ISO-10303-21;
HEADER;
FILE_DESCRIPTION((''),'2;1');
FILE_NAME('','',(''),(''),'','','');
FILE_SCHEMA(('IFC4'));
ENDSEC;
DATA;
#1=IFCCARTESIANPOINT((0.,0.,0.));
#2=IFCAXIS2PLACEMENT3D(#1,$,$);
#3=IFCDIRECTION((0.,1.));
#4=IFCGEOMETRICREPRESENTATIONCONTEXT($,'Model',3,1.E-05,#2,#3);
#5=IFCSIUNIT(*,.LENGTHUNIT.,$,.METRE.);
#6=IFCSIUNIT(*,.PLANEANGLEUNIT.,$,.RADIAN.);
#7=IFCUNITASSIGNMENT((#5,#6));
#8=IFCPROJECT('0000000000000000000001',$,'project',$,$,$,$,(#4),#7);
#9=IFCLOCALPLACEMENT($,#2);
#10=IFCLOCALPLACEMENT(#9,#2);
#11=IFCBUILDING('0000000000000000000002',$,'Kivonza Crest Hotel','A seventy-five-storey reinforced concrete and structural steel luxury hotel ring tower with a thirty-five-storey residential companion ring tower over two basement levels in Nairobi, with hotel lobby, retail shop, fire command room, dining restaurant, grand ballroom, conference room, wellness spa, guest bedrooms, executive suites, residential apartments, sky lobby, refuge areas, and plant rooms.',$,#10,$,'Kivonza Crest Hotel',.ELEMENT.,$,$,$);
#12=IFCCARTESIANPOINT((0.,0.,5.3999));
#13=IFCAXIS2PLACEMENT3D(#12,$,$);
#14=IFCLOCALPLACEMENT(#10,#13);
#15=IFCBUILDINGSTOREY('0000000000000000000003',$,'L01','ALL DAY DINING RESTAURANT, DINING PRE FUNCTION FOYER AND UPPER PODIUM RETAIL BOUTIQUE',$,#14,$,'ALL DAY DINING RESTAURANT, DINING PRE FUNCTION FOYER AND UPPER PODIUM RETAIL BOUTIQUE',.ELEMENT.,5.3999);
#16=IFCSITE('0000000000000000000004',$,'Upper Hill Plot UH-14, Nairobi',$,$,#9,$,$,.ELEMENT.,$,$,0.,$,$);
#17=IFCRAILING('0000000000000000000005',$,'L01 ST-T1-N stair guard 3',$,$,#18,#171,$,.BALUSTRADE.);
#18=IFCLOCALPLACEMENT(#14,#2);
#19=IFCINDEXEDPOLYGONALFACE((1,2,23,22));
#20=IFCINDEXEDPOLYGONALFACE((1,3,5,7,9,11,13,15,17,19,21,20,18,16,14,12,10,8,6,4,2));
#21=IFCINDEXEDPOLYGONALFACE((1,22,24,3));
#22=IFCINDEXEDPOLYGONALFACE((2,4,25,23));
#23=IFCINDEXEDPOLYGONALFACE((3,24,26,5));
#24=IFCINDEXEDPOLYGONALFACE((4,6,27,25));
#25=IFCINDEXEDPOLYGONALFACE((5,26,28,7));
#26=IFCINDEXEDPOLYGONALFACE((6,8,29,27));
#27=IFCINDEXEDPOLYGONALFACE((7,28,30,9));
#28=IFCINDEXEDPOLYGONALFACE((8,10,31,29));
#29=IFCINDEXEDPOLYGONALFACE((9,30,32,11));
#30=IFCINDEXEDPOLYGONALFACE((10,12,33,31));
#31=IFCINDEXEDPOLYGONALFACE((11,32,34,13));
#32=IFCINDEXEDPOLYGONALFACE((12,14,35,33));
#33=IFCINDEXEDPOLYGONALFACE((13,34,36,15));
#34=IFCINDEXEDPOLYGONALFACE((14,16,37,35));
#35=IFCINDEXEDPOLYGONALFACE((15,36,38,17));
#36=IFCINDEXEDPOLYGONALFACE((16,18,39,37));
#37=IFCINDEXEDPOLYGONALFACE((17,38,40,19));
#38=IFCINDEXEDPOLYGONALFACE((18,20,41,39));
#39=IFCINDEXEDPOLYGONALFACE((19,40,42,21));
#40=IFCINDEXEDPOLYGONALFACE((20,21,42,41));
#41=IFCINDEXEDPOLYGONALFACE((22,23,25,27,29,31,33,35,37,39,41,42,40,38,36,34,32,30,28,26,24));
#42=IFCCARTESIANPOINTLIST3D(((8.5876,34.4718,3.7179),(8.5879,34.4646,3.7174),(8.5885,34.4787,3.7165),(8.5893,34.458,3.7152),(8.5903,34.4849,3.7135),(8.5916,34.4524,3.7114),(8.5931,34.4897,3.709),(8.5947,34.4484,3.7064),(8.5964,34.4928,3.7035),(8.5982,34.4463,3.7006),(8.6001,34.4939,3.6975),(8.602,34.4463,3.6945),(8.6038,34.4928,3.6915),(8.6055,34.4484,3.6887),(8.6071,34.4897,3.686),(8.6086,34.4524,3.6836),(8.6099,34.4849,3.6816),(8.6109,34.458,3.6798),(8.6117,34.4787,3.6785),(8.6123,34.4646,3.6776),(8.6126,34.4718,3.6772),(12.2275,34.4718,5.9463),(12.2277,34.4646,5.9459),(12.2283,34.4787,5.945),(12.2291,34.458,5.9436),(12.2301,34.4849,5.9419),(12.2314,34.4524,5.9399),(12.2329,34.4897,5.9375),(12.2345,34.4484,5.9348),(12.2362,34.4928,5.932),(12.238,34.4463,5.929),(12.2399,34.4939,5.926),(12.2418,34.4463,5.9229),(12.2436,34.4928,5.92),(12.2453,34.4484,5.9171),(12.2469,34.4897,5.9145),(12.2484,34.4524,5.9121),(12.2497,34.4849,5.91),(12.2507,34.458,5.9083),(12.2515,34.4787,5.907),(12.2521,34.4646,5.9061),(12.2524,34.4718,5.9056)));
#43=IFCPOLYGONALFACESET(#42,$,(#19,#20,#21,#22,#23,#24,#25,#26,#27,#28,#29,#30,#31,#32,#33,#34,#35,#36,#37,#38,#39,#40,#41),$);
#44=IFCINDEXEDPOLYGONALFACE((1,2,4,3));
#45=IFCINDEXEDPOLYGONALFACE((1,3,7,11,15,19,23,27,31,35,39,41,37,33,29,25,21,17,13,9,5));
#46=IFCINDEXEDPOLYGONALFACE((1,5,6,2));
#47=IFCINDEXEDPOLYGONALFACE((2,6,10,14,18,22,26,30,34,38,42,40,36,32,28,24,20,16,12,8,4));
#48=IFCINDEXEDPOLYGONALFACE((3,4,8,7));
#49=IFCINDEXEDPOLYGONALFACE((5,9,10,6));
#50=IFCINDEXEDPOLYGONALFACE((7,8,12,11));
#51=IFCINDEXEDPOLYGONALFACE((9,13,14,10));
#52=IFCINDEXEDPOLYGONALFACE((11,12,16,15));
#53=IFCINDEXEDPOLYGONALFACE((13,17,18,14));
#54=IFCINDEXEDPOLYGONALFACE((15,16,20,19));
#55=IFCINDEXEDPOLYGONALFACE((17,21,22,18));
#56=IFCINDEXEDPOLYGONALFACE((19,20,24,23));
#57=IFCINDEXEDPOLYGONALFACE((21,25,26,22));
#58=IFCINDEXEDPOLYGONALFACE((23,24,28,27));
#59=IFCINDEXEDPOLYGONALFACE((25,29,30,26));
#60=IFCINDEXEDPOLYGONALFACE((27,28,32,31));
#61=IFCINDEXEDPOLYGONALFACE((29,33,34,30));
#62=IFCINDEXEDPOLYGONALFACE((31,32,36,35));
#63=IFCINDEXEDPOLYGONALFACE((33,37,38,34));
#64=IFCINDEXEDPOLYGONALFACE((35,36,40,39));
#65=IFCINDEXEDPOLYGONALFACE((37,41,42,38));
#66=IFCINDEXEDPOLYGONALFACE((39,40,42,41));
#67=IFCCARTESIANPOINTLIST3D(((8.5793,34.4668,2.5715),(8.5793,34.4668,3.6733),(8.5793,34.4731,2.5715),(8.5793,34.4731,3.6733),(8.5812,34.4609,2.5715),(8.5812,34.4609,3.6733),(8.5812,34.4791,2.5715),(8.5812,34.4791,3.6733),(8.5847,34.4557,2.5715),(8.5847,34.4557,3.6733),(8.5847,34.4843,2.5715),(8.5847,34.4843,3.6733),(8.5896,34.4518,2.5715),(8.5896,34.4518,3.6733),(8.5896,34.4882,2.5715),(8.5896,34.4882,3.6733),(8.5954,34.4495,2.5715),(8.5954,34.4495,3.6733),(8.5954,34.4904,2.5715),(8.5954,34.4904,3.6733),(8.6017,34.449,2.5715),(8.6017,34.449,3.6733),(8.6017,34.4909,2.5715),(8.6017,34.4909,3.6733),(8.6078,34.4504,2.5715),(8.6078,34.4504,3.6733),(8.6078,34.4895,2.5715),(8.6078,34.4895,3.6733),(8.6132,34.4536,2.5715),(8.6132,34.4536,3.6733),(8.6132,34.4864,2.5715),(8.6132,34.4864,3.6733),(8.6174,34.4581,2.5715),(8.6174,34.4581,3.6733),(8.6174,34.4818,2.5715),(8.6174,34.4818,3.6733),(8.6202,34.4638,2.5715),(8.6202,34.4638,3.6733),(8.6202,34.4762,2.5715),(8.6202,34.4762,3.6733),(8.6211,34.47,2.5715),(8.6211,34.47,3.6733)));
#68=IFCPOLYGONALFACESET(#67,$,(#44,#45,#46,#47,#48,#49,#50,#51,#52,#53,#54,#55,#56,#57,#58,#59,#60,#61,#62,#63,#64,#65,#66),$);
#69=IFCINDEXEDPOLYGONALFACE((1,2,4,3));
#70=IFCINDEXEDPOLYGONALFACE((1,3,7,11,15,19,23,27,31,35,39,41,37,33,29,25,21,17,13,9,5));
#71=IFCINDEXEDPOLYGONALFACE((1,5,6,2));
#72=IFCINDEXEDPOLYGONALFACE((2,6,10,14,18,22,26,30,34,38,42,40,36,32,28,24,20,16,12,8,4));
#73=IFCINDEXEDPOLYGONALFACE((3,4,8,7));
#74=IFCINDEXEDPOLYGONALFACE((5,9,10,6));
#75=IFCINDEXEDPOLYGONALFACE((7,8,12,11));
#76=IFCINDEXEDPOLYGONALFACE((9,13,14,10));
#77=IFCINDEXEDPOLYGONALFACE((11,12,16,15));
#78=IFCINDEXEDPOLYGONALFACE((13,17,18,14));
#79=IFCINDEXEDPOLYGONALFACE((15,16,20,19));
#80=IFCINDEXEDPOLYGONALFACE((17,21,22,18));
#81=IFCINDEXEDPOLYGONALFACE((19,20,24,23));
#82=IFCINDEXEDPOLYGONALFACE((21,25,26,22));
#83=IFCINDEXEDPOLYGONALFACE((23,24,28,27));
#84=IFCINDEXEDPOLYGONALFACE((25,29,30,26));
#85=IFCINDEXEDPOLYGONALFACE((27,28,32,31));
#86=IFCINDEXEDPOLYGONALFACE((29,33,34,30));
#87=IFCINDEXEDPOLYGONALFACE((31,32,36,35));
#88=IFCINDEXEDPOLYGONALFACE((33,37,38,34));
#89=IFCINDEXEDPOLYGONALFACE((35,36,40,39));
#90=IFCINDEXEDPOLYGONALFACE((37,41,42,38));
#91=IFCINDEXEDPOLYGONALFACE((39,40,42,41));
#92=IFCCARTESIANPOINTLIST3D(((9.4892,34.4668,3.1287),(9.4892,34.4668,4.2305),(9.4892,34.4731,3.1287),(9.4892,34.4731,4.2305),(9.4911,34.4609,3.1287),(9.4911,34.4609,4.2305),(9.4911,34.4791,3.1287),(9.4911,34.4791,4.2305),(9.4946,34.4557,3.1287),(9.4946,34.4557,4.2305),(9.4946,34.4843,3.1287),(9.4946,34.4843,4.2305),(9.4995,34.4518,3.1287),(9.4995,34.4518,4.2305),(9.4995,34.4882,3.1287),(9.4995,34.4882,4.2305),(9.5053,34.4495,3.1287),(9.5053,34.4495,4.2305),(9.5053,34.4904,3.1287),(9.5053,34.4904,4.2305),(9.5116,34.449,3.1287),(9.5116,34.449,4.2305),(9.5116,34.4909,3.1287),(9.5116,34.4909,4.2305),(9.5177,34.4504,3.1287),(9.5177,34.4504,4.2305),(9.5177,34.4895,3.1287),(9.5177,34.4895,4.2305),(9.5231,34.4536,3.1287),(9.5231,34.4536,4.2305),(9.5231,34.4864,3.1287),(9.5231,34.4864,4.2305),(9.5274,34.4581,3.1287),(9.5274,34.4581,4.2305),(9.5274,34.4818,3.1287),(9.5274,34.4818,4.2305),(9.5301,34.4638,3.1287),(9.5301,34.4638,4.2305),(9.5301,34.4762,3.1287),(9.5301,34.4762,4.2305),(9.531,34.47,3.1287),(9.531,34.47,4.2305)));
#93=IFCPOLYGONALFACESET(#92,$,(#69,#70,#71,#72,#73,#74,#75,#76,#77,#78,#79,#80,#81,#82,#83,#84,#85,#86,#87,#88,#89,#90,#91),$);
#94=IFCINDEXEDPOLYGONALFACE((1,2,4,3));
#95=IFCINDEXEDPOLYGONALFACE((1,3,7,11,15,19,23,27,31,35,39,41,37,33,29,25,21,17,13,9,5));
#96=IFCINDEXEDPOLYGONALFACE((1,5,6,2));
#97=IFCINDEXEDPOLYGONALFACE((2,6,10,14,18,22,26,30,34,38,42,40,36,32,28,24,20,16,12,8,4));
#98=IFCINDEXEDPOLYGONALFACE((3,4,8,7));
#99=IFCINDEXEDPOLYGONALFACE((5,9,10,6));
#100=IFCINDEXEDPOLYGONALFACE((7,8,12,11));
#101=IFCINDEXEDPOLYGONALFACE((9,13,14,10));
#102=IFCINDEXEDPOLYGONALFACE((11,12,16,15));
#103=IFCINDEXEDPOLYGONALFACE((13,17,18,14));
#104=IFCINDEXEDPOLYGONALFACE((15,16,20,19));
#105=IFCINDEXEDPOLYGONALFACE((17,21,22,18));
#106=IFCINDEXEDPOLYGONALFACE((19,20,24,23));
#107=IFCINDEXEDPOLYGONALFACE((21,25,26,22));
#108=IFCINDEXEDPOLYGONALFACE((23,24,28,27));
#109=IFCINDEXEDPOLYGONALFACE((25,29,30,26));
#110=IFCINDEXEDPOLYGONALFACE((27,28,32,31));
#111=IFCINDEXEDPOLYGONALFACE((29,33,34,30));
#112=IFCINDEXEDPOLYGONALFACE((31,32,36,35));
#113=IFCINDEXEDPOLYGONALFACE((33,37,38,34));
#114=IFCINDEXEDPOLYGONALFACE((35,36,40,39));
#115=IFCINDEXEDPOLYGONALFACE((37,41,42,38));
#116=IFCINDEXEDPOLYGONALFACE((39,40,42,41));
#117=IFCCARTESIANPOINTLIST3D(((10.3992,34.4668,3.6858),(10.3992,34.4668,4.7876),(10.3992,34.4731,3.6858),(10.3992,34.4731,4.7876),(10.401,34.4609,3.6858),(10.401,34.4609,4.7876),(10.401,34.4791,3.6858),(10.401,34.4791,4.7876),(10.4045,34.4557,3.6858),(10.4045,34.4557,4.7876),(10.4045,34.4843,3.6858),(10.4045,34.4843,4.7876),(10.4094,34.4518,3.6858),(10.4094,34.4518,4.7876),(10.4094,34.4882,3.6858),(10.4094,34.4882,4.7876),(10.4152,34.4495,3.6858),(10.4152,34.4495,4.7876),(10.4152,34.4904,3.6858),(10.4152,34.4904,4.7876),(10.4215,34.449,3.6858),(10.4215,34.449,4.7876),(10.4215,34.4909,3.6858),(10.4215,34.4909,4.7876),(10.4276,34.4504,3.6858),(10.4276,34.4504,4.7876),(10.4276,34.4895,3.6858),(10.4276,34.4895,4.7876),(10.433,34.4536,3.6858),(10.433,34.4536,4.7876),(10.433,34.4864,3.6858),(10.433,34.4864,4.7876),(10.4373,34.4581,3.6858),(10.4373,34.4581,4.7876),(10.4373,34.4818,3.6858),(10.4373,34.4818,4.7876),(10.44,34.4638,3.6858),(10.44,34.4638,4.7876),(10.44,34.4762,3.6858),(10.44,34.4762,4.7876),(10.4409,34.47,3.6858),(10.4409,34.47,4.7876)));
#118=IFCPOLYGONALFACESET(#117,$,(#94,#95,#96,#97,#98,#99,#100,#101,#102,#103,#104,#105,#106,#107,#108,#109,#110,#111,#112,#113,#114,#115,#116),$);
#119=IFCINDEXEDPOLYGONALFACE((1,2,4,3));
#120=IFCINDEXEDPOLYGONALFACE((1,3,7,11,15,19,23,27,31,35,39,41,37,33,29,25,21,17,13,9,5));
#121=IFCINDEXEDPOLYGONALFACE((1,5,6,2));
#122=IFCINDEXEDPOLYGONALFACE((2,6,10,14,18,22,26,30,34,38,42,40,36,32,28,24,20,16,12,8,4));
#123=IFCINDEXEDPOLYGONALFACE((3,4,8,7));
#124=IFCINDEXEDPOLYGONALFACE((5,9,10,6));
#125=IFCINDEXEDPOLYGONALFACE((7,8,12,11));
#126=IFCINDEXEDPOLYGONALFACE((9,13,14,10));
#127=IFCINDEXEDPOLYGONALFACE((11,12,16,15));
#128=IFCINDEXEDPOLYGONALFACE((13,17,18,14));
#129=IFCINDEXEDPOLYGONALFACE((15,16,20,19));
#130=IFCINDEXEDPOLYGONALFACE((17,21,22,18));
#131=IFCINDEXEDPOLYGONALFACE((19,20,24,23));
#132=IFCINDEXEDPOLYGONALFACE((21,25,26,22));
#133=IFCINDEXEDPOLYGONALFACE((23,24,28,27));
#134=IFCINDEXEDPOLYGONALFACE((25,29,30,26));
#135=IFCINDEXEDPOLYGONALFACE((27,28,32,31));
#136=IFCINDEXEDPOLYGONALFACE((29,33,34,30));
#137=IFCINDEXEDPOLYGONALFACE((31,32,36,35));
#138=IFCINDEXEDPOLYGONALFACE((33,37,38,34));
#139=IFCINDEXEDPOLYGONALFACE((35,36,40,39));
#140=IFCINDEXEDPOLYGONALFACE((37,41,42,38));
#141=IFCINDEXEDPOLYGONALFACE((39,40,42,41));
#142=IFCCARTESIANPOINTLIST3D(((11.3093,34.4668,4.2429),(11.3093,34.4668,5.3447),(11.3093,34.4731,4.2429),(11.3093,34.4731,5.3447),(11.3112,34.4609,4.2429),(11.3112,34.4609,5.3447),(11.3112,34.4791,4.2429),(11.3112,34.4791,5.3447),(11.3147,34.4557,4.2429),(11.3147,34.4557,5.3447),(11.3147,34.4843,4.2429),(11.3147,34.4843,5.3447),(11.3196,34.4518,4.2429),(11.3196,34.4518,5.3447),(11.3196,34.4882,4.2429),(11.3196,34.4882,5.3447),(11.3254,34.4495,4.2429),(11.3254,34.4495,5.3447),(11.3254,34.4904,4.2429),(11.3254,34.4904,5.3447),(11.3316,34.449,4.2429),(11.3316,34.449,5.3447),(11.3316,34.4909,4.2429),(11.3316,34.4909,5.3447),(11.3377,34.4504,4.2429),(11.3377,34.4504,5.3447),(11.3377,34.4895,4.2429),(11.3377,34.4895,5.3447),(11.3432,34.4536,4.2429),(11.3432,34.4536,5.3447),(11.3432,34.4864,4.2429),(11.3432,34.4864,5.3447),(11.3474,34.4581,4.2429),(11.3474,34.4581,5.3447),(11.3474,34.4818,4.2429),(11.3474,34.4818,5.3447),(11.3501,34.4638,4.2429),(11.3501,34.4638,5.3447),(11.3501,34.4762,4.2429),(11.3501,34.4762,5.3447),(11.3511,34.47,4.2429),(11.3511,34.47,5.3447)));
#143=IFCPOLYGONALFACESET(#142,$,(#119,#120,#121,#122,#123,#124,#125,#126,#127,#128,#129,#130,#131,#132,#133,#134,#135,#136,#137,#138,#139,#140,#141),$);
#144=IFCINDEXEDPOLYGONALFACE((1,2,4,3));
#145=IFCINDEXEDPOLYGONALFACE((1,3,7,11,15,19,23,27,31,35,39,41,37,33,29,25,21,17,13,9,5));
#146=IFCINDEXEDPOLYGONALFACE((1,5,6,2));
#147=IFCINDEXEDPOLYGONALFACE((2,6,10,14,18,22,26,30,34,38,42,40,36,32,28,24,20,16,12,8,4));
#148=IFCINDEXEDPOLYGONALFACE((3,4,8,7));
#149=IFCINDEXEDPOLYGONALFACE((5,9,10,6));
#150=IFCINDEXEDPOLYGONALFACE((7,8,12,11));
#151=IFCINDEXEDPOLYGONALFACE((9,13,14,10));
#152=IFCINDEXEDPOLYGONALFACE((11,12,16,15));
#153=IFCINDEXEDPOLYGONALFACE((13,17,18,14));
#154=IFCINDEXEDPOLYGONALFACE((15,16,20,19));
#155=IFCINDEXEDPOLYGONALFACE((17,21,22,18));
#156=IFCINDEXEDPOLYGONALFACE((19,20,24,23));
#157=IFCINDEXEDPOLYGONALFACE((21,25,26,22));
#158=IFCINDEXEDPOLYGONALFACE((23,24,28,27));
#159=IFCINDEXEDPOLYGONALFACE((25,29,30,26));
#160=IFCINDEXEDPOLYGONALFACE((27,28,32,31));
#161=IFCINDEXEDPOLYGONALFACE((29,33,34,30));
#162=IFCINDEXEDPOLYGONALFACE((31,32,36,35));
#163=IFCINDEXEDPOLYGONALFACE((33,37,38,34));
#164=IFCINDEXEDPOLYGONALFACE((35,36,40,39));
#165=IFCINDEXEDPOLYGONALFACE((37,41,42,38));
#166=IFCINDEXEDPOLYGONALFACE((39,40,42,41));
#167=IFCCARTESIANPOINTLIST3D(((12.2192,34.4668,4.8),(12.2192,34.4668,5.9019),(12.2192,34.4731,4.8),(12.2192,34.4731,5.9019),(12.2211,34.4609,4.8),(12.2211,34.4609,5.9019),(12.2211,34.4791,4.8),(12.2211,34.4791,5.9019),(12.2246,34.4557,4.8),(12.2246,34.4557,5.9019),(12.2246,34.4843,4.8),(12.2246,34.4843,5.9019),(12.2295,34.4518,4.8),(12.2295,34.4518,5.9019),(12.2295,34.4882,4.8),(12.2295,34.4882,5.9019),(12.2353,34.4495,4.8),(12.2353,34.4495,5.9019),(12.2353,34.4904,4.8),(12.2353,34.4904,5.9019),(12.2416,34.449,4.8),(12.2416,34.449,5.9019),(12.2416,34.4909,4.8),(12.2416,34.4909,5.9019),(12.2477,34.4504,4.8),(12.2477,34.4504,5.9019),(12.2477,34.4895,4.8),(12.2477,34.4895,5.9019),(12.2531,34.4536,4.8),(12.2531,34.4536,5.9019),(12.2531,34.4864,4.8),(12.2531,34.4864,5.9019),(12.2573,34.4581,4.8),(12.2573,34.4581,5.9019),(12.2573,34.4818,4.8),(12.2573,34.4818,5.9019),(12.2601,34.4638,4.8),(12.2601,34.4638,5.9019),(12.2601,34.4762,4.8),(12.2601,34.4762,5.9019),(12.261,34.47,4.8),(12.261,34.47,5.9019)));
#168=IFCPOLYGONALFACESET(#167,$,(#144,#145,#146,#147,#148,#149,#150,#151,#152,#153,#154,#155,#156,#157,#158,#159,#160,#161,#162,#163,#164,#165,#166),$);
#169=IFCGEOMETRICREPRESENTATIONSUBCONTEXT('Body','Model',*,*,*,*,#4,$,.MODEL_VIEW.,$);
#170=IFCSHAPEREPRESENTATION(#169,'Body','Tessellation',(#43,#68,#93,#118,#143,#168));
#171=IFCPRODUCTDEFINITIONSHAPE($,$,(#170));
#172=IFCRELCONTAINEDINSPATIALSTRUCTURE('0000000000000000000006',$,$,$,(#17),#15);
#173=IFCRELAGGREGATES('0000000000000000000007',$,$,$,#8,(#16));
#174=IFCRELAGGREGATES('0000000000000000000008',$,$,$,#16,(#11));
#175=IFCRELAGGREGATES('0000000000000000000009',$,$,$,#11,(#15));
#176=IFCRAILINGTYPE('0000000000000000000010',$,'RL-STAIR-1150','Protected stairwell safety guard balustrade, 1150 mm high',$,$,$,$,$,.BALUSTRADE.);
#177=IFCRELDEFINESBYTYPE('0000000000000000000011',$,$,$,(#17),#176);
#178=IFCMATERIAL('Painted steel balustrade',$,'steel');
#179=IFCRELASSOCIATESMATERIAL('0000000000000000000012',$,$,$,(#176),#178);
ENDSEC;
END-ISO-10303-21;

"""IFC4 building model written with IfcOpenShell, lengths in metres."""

from ifc_helpers import new_model, si_unit, direction, frame, origin, origin_2d, place, context, subcontext, project, spatial, circle, extrude, material, type_object, element, save


model = new_model("IFC4")

# Units and contexts
model_context = context("Model", 3, precision=1e-05, world=origin(), true_north=direction((0.0, 1.0)))
body_context = subcontext(model_context, "Body", "Model", "MODEL_VIEW")
ifc_project = project(units=[si_unit("LENGTHUNIT", "METRE"), si_unit("PLANEANGLEUNIT", "RADIAN")], contexts=[model_context])

# Site, building, storey
site_placement = place(None, origin())
site = spatial("IfcSite", under=ifc_project, at=site_placement, Name="Upper Hill Plot UH-14, Nairobi", CompositionType="ELEMENT", RefElevation=0.0)
building_placement = place(site_placement, origin())
building = spatial("IfcBuilding", under=site, at=building_placement, Name="Kivonza Crest Hotel", Description="A seventy-five-storey reinforced concrete and structural steel luxury hotel ring tower with a thirty-five-storey residential companion ring tower over two basement levels in Nairobi, with hotel lobby, retail shop, fire command room, dining restaurant, grand ballroom, conference room, wellness spa, guest bedrooms, executive suites, residential apartments, sky lobby, refuge areas, and plant rooms.", LongName="Kivonza Crest Hotel", CompositionType="ELEMENT")
storey_placement = place(building_placement, frame((0.0, 0.0, 5.3999)))
storey = spatial("IfcBuildingStorey", under=building, at=storey_placement, Name="L01", Description="ALL DAY DINING RESTAURANT, DINING PRE FUNCTION FOYER AND UPPER PODIUM RETAIL BOUTIQUE", LongName="ALL DAY DINING RESTAURANT, DINING PRE FUNCTION FOYER AND UPPER PODIUM RETAIL BOUTIQUE", CompositionType="ELEMENT", Elevation=5.3999)

# Railing
ifc_material_1 = material(Name="Painted steel balustrade", Category="steel")
railing_type_1 = type_object("IfcRailingType", Name="RL-STAIR-1150", Description="Protected stairwell safety guard balustrade, 1150 mm high", PredefinedType="BALUSTRADE", material=ifc_material_1)
railing_1_placement = place(storey_placement, frame((8.6001, 34.47, 2.5715)))
element("IfcRailing", 1, at=railing_1_placement, inside=storey, type_object=railing_type_1, Name="L01 ST-T1-N stair guard 3", PredefinedType="BALUSTRADE", context=body_context, shape_type="SweptSolid", body=[
    extrude(circle(Radius=0.0239, at=origin_2d()), frame((0.0, 0.0, 1.126), z_axis=(0.85285, 0.0, 0.522156), x_axis=(0.0, 1.0, 0.0)), (0.0, 0.0, 1.0), 4.2678),
    extrude(circle(Radius=0.021, at=origin_2d()), origin(), (0.0, 0.0, 1.0), 1.1018),
    extrude(circle(Radius=0.021, at=origin_2d()), frame((0.9099, 0.0, 0.5571)), (0.0, 0.0, 1.0), 1.1018),
    extrude(circle(Radius=0.021, at=origin_2d()), frame((1.8198, 0.0, 1.1143)), (0.0, 0.0, 1.0), 1.1018),
    extrude(circle(Radius=0.021, at=origin_2d()), frame((2.73, 0.0, 1.6714)), (0.0, 0.0, 1.0), 1.1018),
    extrude(circle(Radius=0.021, at=origin_2d()), frame((3.6399, 0.0, 2.2285)), (0.0, 0.0, 1.0), 1.1018),
])

save(model, "model.ifc")
